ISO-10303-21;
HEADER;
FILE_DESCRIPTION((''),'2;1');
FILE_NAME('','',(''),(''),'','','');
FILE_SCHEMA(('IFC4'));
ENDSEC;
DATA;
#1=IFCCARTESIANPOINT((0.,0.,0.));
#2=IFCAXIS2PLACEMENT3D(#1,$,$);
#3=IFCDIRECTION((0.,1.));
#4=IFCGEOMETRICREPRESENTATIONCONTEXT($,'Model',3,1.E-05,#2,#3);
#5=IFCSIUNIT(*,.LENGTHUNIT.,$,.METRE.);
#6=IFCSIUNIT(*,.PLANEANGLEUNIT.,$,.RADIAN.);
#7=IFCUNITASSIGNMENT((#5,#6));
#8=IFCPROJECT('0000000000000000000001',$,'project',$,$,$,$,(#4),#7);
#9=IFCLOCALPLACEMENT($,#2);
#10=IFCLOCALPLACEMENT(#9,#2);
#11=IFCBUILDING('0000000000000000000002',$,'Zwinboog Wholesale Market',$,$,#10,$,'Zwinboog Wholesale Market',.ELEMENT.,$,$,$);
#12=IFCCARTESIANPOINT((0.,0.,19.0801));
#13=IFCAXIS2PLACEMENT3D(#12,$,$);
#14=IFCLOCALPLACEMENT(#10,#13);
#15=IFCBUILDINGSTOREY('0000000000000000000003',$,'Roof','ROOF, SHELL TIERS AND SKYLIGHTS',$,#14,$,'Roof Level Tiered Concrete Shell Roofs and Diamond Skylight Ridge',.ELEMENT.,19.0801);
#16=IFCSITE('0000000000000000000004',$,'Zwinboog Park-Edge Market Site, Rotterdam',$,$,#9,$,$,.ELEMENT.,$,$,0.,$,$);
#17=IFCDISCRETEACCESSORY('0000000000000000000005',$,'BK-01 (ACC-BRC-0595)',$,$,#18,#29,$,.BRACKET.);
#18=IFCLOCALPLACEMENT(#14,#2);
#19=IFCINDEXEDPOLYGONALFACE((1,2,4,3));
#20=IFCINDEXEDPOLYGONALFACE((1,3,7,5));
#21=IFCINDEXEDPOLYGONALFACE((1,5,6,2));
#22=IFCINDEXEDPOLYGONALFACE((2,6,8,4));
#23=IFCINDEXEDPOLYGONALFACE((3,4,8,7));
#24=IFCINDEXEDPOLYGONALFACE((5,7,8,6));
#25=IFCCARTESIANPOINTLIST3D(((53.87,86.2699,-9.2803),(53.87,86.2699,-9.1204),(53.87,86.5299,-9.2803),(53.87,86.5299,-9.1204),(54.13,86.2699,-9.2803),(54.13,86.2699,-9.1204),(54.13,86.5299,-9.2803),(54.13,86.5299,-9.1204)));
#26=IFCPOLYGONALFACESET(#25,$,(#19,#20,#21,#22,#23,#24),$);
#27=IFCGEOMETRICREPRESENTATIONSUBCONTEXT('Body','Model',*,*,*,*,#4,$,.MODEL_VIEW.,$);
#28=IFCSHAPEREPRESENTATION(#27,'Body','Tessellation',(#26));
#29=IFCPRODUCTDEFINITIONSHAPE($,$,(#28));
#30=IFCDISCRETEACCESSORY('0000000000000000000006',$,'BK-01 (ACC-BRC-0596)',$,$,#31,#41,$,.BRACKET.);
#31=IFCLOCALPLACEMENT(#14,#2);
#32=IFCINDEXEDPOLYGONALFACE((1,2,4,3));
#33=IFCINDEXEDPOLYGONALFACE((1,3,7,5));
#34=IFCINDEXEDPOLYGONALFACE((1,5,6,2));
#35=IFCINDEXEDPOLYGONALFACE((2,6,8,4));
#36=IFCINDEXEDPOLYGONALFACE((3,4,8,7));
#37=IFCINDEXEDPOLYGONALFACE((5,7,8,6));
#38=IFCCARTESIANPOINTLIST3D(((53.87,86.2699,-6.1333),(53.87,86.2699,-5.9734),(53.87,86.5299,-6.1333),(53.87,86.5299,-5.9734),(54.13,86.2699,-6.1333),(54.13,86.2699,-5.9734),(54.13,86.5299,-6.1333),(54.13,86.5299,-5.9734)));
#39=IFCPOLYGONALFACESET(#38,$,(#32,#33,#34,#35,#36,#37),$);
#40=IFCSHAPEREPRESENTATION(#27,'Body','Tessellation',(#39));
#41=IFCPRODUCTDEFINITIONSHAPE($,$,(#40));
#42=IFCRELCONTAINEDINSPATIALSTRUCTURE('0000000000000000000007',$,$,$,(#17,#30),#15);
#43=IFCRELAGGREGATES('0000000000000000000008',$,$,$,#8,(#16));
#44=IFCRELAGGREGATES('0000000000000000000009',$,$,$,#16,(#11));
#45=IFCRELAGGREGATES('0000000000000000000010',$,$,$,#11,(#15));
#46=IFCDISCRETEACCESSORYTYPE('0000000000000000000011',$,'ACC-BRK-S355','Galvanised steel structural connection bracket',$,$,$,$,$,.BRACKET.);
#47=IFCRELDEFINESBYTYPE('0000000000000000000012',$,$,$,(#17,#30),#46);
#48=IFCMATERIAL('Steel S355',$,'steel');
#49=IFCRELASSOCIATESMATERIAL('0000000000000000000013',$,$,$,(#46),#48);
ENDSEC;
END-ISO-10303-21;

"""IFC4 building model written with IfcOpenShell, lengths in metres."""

from ifc_helpers import new_model, si_unit, direction, frame, origin, origin_2d, place, context, subcontext, project, spatial, rectangle, extrude, material, type_object, element, save


model = new_model("IFC4")

# Units and contexts
model_context = context("Model", 3, precision=1e-05, world=origin(), true_north=direction((0.0, 1.0)))
body_context = subcontext(model_context, "Body", "Model", "MODEL_VIEW")
ifc_project = project(units=[si_unit("LENGTHUNIT", "METRE"), si_unit("PLANEANGLEUNIT", "RADIAN")], contexts=[model_context])

# Site, building, storey
site_placement = place(None, origin())
site = spatial("IfcSite", under=ifc_project, at=site_placement, Name="Zwinboog Park-Edge Market Site, Rotterdam", CompositionType="ELEMENT", RefElevation=0.0)
building_placement = place(site_placement, origin())
building = spatial("IfcBuilding", under=site, at=building_placement, Name="Zwinboog Wholesale Market", LongName="Zwinboog Wholesale Market", CompositionType="ELEMENT")
storey_placement = place(building_placement, frame((0.0, 0.0, 19.0801)))
storey = spatial("IfcBuildingStorey", under=building, at=storey_placement, Name="Roof", Description="ROOF, SHELL TIERS AND SKYLIGHTS", LongName="Roof Level Tiered Concrete Shell Roofs and Diamond Skylight Ridge", CompositionType="ELEMENT", Elevation=19.0801)

# Shared definitions
ifc_material_1 = material(Name="Steel S355", Category="steel")

# Discrete accessories
discrete_accessory_type = type_object("IfcDiscreteAccessoryType", Name="ACC-BRK-S355", Description="Galvanised steel structural connection bracket", PredefinedType="BRACKET", material=ifc_material_1)
for number, where, z_axis, x_axis, name in (
    (1, (54.0, 86.3999, -9.2803), (0.0, 0.0, 1.0), (1.0, 0.0, 0.0), "BK-01 (ACC-BRC-0595)"),
    (2, (54.0, 86.3999, -6.1333), (0.0, 0.0, 1.0), (1.0, 0.0, 0.0), "BK-01 (ACC-BRC-0596)"),
):
    element("IfcDiscreteAccessory", number, at=place(storey_placement, frame(where, z_axis=z_axis, x_axis=x_axis)), inside=storey, type_object=discrete_accessory_type, Name=name, PredefinedType="BRACKET", context=body_context, shape_type="SweptSolid", body=[
        extrude(rectangle(XDim=0.26, YDim=0.26, at=origin_2d()), origin(), (0.0, 0.0, 1.0), 0.1599),
    ])

save(model, "model.ifc")
